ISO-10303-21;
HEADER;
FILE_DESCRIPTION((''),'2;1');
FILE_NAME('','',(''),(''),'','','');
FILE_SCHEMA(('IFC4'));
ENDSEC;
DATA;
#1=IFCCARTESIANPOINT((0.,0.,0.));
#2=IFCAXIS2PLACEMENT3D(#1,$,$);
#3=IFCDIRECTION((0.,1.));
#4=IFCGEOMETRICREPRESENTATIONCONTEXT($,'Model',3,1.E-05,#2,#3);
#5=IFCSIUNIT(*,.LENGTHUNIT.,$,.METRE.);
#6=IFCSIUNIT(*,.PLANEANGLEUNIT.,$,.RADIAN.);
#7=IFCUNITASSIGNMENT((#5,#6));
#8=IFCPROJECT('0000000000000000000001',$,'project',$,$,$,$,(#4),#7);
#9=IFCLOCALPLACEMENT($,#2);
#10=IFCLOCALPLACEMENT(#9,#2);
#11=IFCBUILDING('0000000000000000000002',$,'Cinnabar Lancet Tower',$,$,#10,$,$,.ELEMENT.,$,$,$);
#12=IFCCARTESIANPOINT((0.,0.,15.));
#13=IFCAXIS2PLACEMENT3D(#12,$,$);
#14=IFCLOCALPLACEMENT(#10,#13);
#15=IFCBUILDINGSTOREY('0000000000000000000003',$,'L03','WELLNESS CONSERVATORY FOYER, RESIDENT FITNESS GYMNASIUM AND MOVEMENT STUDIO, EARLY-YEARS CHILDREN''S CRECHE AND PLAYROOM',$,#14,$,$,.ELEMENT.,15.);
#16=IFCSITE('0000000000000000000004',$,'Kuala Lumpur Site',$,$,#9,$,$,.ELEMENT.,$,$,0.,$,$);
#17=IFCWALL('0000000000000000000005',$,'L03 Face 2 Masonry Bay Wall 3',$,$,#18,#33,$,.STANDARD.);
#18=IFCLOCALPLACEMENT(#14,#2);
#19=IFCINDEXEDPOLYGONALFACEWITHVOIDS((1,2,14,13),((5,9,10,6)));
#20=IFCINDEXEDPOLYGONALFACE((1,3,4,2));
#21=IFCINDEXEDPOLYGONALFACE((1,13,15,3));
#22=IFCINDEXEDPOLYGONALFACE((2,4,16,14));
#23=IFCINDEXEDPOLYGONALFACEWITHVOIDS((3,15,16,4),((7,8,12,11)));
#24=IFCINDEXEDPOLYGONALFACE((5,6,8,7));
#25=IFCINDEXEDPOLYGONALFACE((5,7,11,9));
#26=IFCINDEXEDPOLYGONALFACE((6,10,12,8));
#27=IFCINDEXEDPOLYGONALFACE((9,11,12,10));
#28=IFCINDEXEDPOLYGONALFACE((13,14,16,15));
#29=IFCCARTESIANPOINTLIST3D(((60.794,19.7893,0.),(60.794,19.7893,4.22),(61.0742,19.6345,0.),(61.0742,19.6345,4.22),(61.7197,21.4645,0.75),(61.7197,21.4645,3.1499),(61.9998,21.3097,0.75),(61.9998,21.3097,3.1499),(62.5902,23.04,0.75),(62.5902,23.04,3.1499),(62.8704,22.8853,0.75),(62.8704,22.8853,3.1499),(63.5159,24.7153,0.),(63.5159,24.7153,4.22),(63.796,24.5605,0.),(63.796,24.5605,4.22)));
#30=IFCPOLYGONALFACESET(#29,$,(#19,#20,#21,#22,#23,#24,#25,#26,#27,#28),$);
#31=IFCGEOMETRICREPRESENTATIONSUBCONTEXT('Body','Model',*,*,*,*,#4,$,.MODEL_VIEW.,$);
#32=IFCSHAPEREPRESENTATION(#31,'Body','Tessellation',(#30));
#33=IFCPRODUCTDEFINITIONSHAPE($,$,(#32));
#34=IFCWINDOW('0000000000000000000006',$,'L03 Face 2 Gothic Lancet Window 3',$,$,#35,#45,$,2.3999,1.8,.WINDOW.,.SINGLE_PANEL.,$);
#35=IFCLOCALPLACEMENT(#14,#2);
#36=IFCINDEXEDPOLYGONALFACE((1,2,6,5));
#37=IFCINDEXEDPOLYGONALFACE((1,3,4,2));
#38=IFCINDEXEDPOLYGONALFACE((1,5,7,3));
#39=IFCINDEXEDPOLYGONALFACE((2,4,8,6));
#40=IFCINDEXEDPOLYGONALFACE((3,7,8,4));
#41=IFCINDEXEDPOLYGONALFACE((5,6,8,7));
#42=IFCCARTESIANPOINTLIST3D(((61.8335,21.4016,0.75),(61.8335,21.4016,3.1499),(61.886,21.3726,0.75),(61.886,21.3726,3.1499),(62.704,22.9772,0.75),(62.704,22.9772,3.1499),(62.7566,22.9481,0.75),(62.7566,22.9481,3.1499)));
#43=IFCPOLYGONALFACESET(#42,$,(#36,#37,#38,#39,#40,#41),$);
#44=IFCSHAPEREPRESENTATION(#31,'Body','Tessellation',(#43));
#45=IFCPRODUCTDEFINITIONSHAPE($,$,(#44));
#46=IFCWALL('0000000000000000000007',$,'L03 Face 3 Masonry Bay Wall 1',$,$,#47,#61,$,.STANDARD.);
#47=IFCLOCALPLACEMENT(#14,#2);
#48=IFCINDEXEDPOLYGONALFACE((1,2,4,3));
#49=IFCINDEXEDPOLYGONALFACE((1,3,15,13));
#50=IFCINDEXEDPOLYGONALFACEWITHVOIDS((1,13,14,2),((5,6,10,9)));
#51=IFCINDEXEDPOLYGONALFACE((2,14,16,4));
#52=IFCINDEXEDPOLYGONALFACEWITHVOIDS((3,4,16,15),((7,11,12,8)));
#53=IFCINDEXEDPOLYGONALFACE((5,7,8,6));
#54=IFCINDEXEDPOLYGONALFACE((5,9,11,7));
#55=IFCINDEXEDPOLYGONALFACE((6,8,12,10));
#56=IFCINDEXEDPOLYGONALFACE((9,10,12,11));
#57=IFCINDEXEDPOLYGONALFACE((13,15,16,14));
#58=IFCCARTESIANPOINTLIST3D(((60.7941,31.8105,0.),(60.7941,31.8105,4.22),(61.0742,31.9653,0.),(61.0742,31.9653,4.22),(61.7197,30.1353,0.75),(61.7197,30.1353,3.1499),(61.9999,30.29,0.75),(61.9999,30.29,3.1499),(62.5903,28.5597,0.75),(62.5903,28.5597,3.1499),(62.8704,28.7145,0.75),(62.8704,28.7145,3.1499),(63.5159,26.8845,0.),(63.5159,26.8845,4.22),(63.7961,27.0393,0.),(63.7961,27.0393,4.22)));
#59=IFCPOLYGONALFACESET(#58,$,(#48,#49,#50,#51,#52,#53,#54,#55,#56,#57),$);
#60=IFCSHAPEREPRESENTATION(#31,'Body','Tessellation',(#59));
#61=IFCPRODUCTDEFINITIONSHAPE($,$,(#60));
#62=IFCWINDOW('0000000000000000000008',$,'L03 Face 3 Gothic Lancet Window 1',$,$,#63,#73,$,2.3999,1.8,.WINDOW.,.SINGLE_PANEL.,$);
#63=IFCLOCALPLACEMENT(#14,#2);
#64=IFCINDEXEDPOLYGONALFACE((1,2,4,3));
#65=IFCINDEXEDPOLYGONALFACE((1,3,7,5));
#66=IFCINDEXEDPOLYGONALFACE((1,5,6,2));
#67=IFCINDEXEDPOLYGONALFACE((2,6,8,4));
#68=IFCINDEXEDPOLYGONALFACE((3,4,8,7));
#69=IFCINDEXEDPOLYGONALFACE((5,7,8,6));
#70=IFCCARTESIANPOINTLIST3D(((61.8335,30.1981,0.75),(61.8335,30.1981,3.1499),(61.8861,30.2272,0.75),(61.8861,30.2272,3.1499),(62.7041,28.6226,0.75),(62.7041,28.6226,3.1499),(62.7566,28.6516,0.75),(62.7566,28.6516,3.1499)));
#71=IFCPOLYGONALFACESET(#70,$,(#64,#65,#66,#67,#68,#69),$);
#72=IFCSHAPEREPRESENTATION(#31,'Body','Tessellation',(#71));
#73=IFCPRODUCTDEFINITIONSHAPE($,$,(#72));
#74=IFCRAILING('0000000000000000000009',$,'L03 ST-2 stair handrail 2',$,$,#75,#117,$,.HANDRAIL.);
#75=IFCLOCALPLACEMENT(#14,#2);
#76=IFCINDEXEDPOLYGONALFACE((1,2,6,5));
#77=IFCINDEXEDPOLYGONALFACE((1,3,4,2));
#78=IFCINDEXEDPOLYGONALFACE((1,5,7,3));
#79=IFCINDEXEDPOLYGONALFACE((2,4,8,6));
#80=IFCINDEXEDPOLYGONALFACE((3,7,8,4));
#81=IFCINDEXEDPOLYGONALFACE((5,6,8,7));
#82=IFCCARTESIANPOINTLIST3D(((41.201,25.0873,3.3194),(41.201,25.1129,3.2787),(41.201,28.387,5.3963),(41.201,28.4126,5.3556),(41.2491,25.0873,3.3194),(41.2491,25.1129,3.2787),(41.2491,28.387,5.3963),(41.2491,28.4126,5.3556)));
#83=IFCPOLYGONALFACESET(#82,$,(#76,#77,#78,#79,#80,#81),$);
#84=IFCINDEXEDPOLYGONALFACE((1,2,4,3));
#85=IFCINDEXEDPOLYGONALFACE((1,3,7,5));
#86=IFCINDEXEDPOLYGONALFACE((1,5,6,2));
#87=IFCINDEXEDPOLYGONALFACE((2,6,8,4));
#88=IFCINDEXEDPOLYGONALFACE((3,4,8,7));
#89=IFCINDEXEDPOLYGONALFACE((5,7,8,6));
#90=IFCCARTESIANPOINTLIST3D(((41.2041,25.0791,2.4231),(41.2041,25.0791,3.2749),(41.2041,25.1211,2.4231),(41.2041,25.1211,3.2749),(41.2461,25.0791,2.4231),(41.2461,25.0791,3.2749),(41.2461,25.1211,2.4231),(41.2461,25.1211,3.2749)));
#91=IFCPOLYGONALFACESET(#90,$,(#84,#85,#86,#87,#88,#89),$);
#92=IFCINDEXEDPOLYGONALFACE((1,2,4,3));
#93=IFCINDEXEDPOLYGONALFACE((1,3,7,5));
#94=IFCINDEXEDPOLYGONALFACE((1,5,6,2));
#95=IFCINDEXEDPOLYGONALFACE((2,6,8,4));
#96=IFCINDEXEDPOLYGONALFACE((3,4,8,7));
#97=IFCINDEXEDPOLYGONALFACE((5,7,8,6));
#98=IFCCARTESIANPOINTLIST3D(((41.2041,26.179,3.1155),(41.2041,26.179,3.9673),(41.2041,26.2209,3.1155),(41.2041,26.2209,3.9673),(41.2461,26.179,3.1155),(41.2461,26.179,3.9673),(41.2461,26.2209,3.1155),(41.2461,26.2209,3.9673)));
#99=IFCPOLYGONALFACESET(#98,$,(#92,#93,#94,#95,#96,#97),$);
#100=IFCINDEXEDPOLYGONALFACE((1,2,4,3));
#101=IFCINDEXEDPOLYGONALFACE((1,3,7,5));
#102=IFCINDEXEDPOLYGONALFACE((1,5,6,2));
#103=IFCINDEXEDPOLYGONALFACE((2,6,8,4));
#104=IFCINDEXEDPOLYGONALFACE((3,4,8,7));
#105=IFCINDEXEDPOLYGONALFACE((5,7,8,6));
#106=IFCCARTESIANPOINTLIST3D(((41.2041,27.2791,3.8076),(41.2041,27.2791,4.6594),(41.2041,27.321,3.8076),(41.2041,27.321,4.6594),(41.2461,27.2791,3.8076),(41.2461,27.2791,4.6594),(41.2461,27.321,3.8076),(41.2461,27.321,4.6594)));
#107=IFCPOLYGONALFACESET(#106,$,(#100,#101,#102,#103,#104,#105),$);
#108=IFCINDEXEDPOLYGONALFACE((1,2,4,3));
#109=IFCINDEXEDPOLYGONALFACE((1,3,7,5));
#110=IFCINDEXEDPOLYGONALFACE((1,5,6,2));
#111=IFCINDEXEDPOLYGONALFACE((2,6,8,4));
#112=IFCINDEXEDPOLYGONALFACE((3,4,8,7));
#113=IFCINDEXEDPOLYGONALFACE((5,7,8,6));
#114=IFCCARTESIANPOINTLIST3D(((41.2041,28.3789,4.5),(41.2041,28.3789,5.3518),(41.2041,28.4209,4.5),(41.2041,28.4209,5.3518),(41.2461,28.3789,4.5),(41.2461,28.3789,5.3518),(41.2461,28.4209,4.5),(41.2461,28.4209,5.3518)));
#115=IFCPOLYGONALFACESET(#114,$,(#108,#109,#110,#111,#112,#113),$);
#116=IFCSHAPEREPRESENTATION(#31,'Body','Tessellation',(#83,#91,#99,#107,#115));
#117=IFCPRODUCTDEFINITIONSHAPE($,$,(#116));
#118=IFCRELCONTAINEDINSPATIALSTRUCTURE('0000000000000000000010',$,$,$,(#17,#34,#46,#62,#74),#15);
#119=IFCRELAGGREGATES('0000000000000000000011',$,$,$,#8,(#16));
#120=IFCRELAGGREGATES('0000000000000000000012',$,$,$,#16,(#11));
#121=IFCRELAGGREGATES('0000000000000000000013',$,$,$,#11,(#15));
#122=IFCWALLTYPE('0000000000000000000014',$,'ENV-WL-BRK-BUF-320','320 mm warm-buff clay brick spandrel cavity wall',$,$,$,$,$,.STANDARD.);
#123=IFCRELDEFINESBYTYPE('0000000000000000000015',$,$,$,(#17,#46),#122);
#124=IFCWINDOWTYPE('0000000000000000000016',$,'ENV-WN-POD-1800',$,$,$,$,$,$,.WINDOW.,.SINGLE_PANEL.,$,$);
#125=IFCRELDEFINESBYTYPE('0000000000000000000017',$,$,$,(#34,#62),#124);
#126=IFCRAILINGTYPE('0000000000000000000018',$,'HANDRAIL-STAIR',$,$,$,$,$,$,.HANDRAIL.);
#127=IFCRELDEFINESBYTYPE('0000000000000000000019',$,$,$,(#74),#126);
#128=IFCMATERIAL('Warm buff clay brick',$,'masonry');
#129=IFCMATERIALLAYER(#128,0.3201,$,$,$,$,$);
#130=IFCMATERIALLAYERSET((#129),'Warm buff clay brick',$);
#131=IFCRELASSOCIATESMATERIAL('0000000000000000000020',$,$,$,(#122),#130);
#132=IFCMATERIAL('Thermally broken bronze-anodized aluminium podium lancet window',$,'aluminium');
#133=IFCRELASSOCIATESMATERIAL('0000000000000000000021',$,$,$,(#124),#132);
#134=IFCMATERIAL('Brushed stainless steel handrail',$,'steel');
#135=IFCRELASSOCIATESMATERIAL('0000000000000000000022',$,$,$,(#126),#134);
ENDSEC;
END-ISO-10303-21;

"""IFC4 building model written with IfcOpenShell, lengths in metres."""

from ifc_helpers import new_model, si_unit, direction, frame, frame_2d, origin, origin_2d, place, context, subcontext, project, spatial, rectangle, extrude, material, layer, layer_set, type_object, element, fill, save


model = new_model("IFC4")

# Units and contexts
model_context = context("Model", 3, precision=1e-05, world=origin(), true_north=direction((0.0, 1.0)))
body_context = subcontext(model_context, "Body", "Model", "MODEL_VIEW")
ifc_project = project(units=[si_unit("LENGTHUNIT", "METRE"), si_unit("PLANEANGLEUNIT", "RADIAN")], contexts=[model_context])

# Site, building, storey
site_placement = place(None, origin())
site = spatial("IfcSite", under=ifc_project, at=site_placement, Name="Kuala Lumpur Site", CompositionType="ELEMENT", RefElevation=0.0)
building_placement = place(site_placement, origin())
building = spatial("IfcBuilding", under=site, at=building_placement, Name="Cinnabar Lancet Tower", CompositionType="ELEMENT")
storey_placement = place(building_placement, frame((0.0, 0.0, 15.0)))
storey = spatial("IfcBuildingStorey", under=building, at=storey_placement, Name="L03", Description="WELLNESS CONSERVATORY FOYER, RESIDENT FITNESS GYMNASIUM AND MOVEMENT STUDIO, EARLY-YEARS CHILDREN'S CRECHE AND PLAYROOM", CompositionType="ELEMENT", Elevation=15.0)

# Shared definitions
ifc_material_1 = material(Name="Warm buff clay brick", Category="masonry")
ifc_layer_1 = layer(ifc_material_1, 0.3201)
ifc_layer_set_1 = layer_set([ifc_layer_1], Name="Warm buff clay brick")
wall_type_1 = type_object("IfcWallType", Name="ENV-WL-BRK-BUF-320", Description="320 mm warm-buff clay brick spandrel cavity wall", PredefinedType="STANDARD", material=ifc_layer_set_1)

# Walls, openings, windows
wall_1_placement = place(storey_placement, frame((60.9341, 19.7119, 0.0), z_axis=(0.0, 0.0, 1.0), x_axis=(0.483638, 0.875268, 0.0)))
wall_1 = element("IfcWall", 1, at=wall_1_placement, inside=storey, type_object=wall_type_1, Name="L03 Face 2 Masonry Bay Wall 3", PredefinedType="STANDARD", context=body_context, shape_type="SweptSolid", body=[
    extrude(rectangle(XDim=5.6279, YDim=0.3201, at=frame_2d((2.814, 0.0))), origin(), (0.0, 0.0, 1.0), 4.22),
])
opening_1_placement = place(wall_1_placement, frame((1.9141, 0.0, 0.75)))
opening_1 = element("IfcOpeningElement", 2, at=opening_1_placement, cuts=wall_1, PredefinedType="OPENING", context=body_context, shape_type="SweptSolid", body=[
    extrude(rectangle(XDim=1.8, YDim=2.3999, at=frame_2d((0.8999, 1.2))), frame((0.0, 0.1699, 0.0), z_axis=(0.0, -1.0, 0.0), x_axis=(1.0, 0.0, 0.0)), (0.0, 0.0, 1.0), 0.3401),
])
ifc_material_2 = material(Name="Thermally broken bronze-anodized aluminium podium lancet window", Category="aluminium")
window_type = type_object("IfcWindowType", Name="ENV-WN-POD-1800", PartitioningType="SINGLE_PANEL", PredefinedType="WINDOW", material=ifc_material_2)
window_1_placement = place(opening_1_placement, origin())
window_1 = element("IfcWindow", 3, at=window_1_placement, inside=storey, type_object=window_type, Name="L03 Face 2 Gothic Lancet Window 3", OverallHeight=2.3999, OverallWidth=1.8, PartitioningType="SINGLE_PANEL", PredefinedType="WINDOW", context=body_context, shape_type="SweptSolid", body=[
    extrude(rectangle(XDim=1.8, YDim=2.3999, at=frame_2d((0.8999, 1.2))), frame((0.0, 0.03, 0.0), z_axis=(0.0, -1.0, 0.0), x_axis=(1.0, 0.0, 0.0)), (0.0, 0.0, 1.0), 0.0601),
])
fill(opening_1, window_1)
wall_2_placement = place(storey_placement, frame((63.656, 26.9619, 0.0), z_axis=(0.0, 0.0, 1.0), x_axis=(-0.483638, 0.875268, 0.0)))
wall_2 = element("IfcWall", 4, at=wall_2_placement, inside=storey, type_object=wall_type_1, Name="L03 Face 3 Masonry Bay Wall 1", PredefinedType="STANDARD", context=body_context, shape_type="SweptSolid", body=[
    extrude(rectangle(XDim=5.6279, YDim=0.3201, at=frame_2d((2.814, 0.0))), origin(), (0.0, 0.0, 1.0), 4.22),
])
opening_2_placement = place(wall_2_placement, frame((1.9141, 0.0, 0.75)))
opening_2 = element("IfcOpeningElement", 5, at=opening_2_placement, cuts=wall_2, PredefinedType="OPENING", context=body_context, shape_type="SweptSolid", body=[
    extrude(rectangle(XDim=1.8, YDim=2.3999, at=frame_2d((0.8999, 1.2))), frame((0.0, 0.1699, 0.0), z_axis=(0.0, -1.0, 0.0), x_axis=(1.0, 0.0, 0.0)), (0.0, 0.0, 1.0), 0.3401),
])
window_2_placement = place(opening_2_placement, origin())
window_2 = element("IfcWindow", 6, at=window_2_placement, inside=storey, type_object=window_type, Name="L03 Face 3 Gothic Lancet Window 1", OverallHeight=2.3999, OverallWidth=1.8, PartitioningType="SINGLE_PANEL", PredefinedType="WINDOW", context=body_context, shape_type="SweptSolid", body=[
    extrude(rectangle(XDim=1.8, YDim=2.3999, at=frame_2d((0.8999, 1.2))), frame((0.0, 0.03, 0.0), z_axis=(0.0, -1.0, 0.0), x_axis=(1.0, 0.0, 0.0)), (0.0, 0.0, 1.0), 0.0601),
])
fill(opening_2, window_2)

# Railing
ifc_material_3 = material(Name="Brushed stainless steel handrail", Category="steel")
railing_type = type_object("IfcRailingType", Name="HANDRAIL-STAIR", PredefinedType="HANDRAIL", material=ifc_material_3)
railing_placement = place(storey_placement, frame((41.2251, 25.1001, 2.4231)))
element("IfcRailing", 7, at=railing_placement, inside=storey, type_object=railing_type, Name="L03 ST-2 stair handrail 2", PredefinedType="HANDRAIL", context=body_context, shape_type="SweptSolid", body=[
    extrude(rectangle(XDim=0.0481, YDim=0.0481, at=origin_2d()), frame((0.0, 0.0, 0.876), z_axis=(0.0, 0.84632, 0.532675), x_axis=(-1.0, 0.0, 0.0)), (0.0, 0.0, 1.0), 3.8989),
    extrude(rectangle(XDim=0.042, YDim=0.042, at=origin_2d()), origin(), (0.0, 0.0, 1.0), 0.8518),
    extrude(rectangle(XDim=0.042, YDim=0.042, at=origin_2d()), frame((0.0, 1.0999, 0.6924)), (0.0, 0.0, 1.0), 0.8518),
    extrude(rectangle(XDim=0.042, YDim=0.042, at=origin_2d()), frame((0.0, 2.2, 1.3845)), (0.0, 0.0, 1.0), 0.8518),
    extrude(rectangle(XDim=0.042, YDim=0.042, at=origin_2d()), frame((0.0, 3.2998, 2.0769)), (0.0, 0.0, 1.0), 0.8518),
])

save(model, "model.ifc")
